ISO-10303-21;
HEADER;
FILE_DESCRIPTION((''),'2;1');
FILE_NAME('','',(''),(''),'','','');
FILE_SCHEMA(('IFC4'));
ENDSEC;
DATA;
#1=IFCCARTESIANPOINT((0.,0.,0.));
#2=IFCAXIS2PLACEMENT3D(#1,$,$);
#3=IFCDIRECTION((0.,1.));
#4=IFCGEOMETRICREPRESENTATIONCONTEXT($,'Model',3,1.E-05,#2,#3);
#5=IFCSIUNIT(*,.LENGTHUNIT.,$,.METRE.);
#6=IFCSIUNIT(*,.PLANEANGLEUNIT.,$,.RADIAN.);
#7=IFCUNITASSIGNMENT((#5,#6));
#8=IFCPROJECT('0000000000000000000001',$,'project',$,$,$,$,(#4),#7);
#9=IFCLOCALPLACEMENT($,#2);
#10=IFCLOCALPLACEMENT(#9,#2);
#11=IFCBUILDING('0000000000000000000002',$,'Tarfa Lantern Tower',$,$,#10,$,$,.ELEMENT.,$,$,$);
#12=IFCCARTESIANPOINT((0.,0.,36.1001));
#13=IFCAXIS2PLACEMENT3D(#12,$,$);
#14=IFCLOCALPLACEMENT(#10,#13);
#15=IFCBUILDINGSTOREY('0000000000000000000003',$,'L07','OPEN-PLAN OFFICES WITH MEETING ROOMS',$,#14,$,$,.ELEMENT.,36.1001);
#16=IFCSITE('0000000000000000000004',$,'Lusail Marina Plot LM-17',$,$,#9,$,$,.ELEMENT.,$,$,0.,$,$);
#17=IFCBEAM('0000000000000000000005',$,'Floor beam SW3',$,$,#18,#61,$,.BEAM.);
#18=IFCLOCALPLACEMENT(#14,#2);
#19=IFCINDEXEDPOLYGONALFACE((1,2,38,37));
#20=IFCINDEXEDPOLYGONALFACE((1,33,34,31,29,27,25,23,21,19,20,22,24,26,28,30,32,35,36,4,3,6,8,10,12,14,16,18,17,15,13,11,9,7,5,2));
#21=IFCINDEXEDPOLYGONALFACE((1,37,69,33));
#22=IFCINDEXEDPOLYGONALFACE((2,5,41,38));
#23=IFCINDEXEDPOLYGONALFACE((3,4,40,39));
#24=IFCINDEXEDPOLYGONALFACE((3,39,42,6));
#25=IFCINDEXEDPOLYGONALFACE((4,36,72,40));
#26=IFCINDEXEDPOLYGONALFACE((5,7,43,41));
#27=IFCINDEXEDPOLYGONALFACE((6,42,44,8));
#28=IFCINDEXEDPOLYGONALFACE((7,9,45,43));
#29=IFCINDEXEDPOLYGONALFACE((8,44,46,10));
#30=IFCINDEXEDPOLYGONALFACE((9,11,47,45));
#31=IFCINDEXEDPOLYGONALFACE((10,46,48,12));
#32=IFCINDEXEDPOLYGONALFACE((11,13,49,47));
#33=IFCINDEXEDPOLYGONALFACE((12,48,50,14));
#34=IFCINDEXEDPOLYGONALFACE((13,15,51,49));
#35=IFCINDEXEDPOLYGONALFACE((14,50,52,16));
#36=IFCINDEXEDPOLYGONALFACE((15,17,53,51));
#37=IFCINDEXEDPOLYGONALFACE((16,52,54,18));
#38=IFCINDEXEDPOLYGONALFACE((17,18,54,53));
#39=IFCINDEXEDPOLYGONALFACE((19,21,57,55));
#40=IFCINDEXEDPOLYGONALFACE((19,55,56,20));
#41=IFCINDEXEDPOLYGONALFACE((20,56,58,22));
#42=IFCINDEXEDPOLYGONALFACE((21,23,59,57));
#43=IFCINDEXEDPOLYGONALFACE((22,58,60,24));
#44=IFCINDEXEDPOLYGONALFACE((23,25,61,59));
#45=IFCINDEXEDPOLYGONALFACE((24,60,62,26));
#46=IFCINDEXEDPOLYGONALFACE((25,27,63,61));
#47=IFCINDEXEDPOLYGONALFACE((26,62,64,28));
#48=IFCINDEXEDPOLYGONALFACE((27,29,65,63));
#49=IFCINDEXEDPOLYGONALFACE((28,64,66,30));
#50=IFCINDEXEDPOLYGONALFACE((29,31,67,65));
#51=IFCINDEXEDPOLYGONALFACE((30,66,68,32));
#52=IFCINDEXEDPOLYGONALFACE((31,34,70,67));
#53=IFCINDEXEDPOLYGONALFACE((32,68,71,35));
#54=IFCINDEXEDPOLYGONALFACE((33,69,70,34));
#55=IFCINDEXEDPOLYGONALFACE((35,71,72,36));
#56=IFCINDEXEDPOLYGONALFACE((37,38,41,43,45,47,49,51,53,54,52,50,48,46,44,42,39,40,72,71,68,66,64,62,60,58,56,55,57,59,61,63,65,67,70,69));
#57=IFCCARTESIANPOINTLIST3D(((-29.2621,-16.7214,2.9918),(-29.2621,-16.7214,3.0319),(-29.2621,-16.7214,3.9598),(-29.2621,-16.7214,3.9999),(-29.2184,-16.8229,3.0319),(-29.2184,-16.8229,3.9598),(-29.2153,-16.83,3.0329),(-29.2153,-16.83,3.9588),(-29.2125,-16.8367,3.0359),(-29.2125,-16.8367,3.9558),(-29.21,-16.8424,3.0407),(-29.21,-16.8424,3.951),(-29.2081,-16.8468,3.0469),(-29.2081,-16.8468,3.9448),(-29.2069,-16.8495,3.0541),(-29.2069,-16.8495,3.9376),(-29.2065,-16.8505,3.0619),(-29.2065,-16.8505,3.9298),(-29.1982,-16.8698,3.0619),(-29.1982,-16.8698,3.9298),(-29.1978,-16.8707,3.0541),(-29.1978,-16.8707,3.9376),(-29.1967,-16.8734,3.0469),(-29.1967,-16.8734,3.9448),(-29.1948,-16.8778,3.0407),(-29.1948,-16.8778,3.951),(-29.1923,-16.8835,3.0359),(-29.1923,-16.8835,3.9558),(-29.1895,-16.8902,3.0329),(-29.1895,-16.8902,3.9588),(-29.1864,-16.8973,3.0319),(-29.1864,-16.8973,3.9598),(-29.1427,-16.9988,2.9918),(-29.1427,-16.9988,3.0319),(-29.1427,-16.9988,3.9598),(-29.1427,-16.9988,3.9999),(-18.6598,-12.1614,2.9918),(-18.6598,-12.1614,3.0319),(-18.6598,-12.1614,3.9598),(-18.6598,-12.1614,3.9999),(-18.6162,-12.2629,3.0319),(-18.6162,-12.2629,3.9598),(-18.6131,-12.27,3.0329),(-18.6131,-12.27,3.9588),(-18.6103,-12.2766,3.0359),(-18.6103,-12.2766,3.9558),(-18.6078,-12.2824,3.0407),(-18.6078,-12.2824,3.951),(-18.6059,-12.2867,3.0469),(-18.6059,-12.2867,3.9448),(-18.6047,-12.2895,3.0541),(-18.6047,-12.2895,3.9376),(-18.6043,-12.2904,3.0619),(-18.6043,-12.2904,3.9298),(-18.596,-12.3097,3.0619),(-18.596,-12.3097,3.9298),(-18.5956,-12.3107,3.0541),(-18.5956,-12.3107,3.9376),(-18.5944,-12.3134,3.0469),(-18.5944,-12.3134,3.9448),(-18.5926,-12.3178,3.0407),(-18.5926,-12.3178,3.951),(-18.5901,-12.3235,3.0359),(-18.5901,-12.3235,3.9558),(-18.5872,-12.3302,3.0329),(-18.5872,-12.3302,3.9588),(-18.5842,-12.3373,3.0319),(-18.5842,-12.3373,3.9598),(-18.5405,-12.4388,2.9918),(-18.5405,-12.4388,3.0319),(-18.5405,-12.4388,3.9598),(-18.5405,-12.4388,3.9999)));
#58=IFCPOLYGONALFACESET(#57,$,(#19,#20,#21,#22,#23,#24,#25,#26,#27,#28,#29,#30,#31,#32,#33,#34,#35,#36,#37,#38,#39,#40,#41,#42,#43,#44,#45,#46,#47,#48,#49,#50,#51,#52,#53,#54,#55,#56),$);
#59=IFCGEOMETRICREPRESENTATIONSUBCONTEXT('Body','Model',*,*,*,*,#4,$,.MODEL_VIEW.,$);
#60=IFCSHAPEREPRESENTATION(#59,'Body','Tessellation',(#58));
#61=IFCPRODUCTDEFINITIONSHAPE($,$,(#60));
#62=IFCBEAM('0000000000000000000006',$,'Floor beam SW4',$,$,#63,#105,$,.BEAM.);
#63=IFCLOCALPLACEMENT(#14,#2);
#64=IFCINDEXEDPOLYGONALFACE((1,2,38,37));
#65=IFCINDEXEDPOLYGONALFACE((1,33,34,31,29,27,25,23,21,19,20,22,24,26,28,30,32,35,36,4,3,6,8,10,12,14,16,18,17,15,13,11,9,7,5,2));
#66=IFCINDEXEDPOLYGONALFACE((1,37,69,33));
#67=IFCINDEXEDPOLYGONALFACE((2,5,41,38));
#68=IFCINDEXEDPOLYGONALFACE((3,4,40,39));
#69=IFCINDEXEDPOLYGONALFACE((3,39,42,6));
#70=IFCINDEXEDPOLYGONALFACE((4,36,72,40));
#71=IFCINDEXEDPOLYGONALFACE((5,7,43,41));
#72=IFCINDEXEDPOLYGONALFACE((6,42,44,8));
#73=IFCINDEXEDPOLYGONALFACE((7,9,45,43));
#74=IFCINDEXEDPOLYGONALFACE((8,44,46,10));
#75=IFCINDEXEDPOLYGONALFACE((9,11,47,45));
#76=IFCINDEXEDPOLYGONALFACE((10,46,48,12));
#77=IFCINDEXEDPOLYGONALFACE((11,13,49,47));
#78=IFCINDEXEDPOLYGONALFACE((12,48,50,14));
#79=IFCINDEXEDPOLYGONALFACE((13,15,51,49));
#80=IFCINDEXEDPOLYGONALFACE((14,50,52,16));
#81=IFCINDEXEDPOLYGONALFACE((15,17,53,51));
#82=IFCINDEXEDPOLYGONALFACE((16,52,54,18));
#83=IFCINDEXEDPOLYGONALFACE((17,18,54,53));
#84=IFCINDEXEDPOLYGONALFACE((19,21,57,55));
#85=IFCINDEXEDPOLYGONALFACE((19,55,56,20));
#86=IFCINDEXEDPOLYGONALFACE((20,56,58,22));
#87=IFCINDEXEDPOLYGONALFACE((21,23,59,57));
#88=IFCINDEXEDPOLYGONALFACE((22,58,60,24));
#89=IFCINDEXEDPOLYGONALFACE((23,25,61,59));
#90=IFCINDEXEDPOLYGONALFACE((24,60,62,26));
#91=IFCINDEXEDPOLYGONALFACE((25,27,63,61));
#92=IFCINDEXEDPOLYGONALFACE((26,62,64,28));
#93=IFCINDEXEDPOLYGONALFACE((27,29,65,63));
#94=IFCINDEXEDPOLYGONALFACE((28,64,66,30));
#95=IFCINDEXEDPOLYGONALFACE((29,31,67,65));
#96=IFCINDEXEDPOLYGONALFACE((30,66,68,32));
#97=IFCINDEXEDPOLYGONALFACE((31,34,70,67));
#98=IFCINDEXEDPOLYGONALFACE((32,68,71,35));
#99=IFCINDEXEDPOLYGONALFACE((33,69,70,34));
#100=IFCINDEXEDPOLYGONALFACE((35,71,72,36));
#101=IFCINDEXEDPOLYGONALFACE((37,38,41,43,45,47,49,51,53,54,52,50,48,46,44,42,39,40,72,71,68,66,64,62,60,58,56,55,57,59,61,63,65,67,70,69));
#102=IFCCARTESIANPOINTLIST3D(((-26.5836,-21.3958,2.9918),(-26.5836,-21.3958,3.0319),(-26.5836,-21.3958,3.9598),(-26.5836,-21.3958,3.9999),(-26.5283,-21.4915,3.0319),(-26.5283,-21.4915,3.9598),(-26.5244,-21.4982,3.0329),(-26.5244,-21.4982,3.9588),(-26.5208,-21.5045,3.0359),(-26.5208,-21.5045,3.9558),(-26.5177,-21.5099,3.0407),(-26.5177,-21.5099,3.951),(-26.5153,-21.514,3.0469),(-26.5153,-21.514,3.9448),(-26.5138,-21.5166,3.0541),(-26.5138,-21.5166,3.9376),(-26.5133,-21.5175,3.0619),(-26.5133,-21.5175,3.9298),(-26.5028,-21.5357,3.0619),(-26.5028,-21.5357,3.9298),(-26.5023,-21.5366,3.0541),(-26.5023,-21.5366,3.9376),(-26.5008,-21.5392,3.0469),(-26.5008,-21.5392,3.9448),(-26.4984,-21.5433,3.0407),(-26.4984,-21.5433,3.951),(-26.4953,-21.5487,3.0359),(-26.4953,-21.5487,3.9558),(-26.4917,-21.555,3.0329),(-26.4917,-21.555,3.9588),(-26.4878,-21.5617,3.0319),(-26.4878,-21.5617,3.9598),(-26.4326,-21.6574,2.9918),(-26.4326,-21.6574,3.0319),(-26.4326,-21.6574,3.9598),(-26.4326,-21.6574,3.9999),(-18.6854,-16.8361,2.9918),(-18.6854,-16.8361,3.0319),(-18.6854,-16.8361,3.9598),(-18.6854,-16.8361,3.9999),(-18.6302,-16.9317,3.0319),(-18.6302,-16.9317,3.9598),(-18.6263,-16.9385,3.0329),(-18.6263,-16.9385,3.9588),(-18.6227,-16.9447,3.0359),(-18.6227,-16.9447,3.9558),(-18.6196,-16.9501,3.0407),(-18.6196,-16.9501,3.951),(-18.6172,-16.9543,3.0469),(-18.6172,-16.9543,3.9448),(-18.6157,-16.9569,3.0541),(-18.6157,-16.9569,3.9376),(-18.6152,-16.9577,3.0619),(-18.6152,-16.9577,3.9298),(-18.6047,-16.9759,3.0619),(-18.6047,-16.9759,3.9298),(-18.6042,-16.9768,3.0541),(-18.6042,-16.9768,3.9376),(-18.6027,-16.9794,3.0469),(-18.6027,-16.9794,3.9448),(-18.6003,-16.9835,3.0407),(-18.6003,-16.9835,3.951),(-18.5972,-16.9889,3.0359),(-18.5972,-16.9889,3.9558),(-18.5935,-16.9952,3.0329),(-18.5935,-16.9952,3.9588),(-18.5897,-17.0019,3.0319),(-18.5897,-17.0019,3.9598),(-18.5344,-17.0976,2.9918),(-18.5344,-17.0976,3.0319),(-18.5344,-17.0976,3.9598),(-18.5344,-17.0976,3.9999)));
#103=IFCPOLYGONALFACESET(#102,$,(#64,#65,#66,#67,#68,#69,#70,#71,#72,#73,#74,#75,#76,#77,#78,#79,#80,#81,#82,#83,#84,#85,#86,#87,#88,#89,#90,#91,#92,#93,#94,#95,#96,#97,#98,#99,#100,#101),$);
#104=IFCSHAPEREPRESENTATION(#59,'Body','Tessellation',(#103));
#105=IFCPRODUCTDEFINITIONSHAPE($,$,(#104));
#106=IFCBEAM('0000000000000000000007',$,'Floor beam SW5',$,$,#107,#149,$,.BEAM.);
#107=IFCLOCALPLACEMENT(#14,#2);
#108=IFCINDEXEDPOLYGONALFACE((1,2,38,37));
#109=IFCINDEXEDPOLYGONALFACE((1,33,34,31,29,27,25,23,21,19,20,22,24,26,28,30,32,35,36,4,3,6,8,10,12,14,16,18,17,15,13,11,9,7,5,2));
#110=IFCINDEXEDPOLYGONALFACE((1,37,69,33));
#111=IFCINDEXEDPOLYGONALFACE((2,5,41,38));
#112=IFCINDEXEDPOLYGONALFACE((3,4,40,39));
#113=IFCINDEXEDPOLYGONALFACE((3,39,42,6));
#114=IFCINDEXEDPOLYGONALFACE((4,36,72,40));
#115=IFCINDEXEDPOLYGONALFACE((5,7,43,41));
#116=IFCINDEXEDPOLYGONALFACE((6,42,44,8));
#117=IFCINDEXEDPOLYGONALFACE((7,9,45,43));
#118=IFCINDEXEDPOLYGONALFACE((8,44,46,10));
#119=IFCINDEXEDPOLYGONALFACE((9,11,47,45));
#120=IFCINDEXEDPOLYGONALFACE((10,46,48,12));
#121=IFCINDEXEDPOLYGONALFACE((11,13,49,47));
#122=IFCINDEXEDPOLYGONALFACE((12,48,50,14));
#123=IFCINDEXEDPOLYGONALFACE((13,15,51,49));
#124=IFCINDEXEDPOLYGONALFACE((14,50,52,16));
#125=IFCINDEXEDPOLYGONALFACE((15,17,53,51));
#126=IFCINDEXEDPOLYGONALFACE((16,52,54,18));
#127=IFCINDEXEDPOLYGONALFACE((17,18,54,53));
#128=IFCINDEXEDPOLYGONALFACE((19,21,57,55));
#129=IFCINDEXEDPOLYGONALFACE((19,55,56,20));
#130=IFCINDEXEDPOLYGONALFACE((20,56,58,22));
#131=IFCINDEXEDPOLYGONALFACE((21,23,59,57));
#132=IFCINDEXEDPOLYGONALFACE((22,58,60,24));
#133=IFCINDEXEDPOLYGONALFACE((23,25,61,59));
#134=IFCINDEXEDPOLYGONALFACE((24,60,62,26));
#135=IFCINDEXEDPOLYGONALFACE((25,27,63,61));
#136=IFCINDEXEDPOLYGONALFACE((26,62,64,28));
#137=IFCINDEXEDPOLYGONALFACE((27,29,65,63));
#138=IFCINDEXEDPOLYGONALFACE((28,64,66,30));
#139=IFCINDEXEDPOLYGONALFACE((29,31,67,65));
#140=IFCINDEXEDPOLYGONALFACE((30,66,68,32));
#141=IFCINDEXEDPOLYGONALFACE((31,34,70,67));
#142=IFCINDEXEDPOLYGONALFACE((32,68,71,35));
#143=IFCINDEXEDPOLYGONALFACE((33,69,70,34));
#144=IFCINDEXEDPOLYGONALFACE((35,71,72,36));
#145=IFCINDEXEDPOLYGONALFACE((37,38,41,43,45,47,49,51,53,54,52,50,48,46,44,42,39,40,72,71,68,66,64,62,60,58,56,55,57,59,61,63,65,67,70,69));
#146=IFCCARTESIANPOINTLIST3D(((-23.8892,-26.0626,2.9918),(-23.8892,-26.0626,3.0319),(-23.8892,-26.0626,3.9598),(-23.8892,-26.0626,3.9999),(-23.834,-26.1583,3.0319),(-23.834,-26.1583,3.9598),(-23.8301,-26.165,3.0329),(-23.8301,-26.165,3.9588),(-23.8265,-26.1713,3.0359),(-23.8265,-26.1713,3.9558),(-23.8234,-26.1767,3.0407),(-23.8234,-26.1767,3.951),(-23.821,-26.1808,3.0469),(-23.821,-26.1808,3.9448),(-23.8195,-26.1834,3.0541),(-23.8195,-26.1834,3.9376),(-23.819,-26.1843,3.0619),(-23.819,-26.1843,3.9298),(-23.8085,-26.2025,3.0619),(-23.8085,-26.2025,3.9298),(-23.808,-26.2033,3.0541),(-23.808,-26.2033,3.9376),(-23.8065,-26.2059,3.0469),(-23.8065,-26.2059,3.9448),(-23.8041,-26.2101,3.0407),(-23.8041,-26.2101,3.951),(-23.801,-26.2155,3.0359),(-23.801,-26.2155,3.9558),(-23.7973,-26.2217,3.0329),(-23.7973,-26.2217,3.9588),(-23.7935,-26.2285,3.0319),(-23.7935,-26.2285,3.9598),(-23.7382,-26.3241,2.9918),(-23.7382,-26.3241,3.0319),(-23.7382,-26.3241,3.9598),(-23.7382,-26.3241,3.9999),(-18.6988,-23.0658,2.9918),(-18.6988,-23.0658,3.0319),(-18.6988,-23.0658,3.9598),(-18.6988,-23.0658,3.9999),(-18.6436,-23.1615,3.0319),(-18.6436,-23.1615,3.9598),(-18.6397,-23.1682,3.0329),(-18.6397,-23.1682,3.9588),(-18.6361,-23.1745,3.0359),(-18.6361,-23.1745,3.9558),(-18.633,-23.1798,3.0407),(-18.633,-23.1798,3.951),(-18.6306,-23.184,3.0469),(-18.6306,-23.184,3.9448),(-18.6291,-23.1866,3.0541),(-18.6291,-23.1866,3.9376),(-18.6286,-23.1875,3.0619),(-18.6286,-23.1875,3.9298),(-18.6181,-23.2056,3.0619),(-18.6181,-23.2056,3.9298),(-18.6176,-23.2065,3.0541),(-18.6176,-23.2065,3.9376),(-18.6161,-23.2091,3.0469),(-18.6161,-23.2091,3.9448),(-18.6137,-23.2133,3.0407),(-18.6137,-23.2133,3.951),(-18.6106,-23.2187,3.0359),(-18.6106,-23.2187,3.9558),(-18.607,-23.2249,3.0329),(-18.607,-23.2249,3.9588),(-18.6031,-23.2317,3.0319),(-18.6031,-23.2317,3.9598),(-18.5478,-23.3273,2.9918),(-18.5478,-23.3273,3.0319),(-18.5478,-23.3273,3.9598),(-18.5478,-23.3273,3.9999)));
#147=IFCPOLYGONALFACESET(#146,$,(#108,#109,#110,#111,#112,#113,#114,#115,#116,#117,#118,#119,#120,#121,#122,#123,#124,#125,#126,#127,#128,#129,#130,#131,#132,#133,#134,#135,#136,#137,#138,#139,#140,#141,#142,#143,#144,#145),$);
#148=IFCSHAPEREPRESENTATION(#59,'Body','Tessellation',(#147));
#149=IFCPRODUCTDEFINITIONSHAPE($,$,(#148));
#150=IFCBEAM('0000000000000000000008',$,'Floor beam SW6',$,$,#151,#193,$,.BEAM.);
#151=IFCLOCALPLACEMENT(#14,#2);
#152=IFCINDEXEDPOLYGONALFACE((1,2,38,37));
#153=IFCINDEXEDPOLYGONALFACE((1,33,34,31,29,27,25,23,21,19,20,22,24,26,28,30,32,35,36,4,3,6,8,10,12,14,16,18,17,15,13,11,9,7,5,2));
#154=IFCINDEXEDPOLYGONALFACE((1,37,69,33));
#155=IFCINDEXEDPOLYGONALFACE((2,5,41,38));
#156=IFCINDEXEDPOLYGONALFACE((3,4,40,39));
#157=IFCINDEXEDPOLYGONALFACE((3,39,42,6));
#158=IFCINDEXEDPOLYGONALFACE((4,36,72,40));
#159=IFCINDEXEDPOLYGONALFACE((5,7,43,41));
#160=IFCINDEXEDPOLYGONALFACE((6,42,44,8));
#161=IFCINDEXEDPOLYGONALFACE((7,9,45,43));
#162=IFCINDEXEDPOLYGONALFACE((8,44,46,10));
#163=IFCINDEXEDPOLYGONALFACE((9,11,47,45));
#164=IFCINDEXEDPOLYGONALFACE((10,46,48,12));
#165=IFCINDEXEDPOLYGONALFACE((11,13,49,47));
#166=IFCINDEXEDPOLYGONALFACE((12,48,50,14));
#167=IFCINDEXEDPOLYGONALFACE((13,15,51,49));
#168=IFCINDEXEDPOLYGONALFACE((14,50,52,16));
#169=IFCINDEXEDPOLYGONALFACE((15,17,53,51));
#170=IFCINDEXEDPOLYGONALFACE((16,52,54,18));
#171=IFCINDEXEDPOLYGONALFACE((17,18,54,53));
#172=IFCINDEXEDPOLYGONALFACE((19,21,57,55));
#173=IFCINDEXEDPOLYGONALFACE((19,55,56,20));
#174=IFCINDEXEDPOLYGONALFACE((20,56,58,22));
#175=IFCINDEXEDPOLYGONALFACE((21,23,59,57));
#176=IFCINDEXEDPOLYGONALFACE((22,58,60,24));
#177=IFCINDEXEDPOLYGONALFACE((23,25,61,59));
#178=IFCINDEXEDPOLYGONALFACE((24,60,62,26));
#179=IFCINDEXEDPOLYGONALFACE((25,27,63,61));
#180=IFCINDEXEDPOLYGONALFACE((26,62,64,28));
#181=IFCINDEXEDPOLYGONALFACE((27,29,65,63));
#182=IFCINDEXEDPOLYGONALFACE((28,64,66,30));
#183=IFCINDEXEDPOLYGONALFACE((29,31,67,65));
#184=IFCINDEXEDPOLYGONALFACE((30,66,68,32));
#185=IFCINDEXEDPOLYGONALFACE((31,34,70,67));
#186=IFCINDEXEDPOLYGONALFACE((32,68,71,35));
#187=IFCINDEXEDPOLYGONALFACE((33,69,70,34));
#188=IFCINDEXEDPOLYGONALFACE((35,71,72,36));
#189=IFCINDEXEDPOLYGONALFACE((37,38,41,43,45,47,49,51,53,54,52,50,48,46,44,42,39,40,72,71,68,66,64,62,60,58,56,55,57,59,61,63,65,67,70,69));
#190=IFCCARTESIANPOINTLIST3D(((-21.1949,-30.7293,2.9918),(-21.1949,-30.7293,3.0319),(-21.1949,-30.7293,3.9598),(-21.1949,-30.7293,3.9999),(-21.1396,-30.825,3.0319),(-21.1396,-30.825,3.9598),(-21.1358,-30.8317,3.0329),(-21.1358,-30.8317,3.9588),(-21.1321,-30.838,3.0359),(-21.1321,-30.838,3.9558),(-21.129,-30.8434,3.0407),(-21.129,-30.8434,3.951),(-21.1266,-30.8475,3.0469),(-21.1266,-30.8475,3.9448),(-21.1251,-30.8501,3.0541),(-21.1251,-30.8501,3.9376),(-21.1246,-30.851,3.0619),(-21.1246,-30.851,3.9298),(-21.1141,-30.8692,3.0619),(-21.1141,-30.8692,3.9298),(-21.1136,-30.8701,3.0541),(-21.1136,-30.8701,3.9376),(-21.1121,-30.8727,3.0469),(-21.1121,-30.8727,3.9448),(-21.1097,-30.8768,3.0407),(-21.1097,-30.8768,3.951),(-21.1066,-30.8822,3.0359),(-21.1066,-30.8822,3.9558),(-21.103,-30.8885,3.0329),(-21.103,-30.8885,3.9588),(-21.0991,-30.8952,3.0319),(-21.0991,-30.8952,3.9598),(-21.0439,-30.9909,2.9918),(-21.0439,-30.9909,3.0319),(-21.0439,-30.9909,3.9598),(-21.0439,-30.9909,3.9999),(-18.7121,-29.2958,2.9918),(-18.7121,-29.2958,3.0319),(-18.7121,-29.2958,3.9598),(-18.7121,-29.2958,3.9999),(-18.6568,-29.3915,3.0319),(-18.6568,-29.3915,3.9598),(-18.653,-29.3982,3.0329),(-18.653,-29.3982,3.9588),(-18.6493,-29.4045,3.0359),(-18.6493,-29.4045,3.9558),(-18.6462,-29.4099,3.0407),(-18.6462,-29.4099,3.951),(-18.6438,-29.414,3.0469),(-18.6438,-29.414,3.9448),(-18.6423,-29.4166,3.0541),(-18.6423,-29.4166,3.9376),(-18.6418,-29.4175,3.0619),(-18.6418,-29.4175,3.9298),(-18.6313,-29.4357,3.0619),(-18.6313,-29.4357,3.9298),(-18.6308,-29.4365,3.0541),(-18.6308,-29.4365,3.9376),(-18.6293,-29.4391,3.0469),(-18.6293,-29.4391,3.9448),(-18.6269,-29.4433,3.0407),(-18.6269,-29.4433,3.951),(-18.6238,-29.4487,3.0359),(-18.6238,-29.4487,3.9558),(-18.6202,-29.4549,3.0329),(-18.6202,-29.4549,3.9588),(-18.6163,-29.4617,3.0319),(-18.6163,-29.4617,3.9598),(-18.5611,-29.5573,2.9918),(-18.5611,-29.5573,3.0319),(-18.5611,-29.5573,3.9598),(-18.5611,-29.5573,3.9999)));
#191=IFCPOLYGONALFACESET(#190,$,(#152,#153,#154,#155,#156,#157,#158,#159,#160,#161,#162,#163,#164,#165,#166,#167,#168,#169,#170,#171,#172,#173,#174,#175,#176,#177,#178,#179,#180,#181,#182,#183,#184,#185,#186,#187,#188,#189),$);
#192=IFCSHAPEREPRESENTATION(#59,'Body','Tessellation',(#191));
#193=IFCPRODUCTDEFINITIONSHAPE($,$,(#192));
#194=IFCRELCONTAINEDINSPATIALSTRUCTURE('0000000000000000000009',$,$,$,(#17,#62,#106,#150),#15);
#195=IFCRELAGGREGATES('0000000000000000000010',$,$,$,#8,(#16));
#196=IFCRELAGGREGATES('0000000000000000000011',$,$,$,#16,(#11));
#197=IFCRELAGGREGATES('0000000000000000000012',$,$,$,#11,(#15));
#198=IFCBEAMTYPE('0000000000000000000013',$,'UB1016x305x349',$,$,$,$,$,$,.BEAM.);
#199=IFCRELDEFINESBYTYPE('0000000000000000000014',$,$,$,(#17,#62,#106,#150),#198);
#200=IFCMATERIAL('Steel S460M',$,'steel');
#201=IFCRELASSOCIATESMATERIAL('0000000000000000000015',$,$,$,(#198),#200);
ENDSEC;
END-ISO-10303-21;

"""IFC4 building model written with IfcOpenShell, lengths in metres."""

from ifc_helpers import new_model, si_unit, direction, frame, origin, origin_2d, place, context, subcontext, project, spatial, i_section, extrude, material, material_profile, profile_set, type_object, element, save


model = new_model("IFC4")

# Units and contexts
model_context = context("Model", 3, precision=1e-05, world=origin(), true_north=direction((0.0, 1.0)))
body_context = subcontext(model_context, "Body", "Model", "MODEL_VIEW")
ifc_project = project(units=[si_unit("LENGTHUNIT", "METRE"), si_unit("PLANEANGLEUNIT", "RADIAN")], contexts=[model_context])

# Site, building, storey
site_placement = place(None, origin())
site = spatial("IfcSite", under=ifc_project, at=site_placement, Name="Lusail Marina Plot LM-17", CompositionType="ELEMENT", RefElevation=0.0)
building_placement = place(site_placement, origin())
building = spatial("IfcBuilding", under=site, at=building_placement, Name="Tarfa Lantern Tower", CompositionType="ELEMENT")
storey_placement = place(building_placement, frame((0.0, 0.0, 36.1001)))
storey = spatial("IfcBuildingStorey", under=building, at=storey_placement, Name="L07", Description="OPEN-PLAN OFFICES WITH MEETING ROOMS", CompositionType="ELEMENT", Elevation=36.1001)

# Beams
ifc_material_1 = material(Name="Steel S460M", Category="steel")
ifc_material_profile_1 = material_profile(ifc_material_1, i_section(OverallWidth=0.302, OverallDepth=1.0081, WebThickness=0.021, FlangeThickness=0.04, FilletRadius=0.03, at=origin_2d()), Name="UB1016x305x349")
ifc_profile_set_1 = profile_set([ifc_material_profile_1], Name="Steel S460M")
beam_type_1 = type_object("IfcBeamType", Name="UB1016x305x349", PredefinedType="BEAM", material=ifc_profile_set_1)
beam_1_placement = place(storey_placement, frame((-29.2024, -16.8601, 3.4958), z_axis=(0.918635, 0.395106, 0.0), x_axis=(-0.395106, 0.918635, 0.0)))
element("IfcBeam", 1, at=beam_1_placement, inside=storey, type_object=beam_type_1, Name="Floor beam SW3", PredefinedType="BEAM", context=body_context, shape_type="SweptSolid", body=[
    extrude(i_section(OverallWidth=0.302, OverallDepth=1.0081, WebThickness=0.021, FlangeThickness=0.04, FilletRadius=0.03, at=origin_2d()), origin(), (0.0, 0.0, 1.0), 11.5413),
])
beam_2_placement = place(storey_placement, frame((-26.5081, -21.5266, 3.4958), z_axis=(0.866035, 0.499983, 0.0), x_axis=(-0.499983, 0.866035, 0.0)))
element("IfcBeam", 2, at=beam_2_placement, inside=storey, type_object=beam_type_1, Name="Floor beam SW4", PredefinedType="BEAM", context=body_context, shape_type="SweptSolid", body=[
    extrude(i_section(OverallWidth=0.302, OverallDepth=1.0081, WebThickness=0.021, FlangeThickness=0.04, FilletRadius=0.03, at=origin_2d()), origin(), (0.0, 0.0, 1.0), 9.1199),
])
beam_3_placement = place(storey_placement, frame((-23.8137, -26.1934, 3.4958), z_axis=(0.866016, 0.500016, 0.0), x_axis=(-0.500016, 0.866016, 0.0)))
element("IfcBeam", 3, at=beam_3_placement, inside=storey, type_object=beam_type_1, Name="Floor beam SW5", PredefinedType="BEAM", context=body_context, shape_type="SweptSolid", body=[
    extrude(i_section(OverallWidth=0.302, OverallDepth=1.0081, WebThickness=0.021, FlangeThickness=0.04, FilletRadius=0.03, at=origin_2d()), origin(), (0.0, 0.0, 1.0), 5.9934),
])
beam_4_placement = place(storey_placement, frame((-21.1194, -30.8601, 3.4958), z_axis=(0.866013, 0.500022, 0.0), x_axis=(-0.500022, 0.866013, 0.0)))
element("IfcBeam", 4, at=beam_4_placement, inside=storey, type_object=beam_type_1, Name="Floor beam SW6", PredefinedType="BEAM", context=body_context, shape_type="SweptSolid", body=[
    extrude(i_section(OverallWidth=0.302, OverallDepth=1.0081, WebThickness=0.021, FlangeThickness=0.04, FilletRadius=0.03, at=origin_2d()), origin(), (0.0, 0.0, 1.0), 2.8669),
])

save(model, "model.ifc")
